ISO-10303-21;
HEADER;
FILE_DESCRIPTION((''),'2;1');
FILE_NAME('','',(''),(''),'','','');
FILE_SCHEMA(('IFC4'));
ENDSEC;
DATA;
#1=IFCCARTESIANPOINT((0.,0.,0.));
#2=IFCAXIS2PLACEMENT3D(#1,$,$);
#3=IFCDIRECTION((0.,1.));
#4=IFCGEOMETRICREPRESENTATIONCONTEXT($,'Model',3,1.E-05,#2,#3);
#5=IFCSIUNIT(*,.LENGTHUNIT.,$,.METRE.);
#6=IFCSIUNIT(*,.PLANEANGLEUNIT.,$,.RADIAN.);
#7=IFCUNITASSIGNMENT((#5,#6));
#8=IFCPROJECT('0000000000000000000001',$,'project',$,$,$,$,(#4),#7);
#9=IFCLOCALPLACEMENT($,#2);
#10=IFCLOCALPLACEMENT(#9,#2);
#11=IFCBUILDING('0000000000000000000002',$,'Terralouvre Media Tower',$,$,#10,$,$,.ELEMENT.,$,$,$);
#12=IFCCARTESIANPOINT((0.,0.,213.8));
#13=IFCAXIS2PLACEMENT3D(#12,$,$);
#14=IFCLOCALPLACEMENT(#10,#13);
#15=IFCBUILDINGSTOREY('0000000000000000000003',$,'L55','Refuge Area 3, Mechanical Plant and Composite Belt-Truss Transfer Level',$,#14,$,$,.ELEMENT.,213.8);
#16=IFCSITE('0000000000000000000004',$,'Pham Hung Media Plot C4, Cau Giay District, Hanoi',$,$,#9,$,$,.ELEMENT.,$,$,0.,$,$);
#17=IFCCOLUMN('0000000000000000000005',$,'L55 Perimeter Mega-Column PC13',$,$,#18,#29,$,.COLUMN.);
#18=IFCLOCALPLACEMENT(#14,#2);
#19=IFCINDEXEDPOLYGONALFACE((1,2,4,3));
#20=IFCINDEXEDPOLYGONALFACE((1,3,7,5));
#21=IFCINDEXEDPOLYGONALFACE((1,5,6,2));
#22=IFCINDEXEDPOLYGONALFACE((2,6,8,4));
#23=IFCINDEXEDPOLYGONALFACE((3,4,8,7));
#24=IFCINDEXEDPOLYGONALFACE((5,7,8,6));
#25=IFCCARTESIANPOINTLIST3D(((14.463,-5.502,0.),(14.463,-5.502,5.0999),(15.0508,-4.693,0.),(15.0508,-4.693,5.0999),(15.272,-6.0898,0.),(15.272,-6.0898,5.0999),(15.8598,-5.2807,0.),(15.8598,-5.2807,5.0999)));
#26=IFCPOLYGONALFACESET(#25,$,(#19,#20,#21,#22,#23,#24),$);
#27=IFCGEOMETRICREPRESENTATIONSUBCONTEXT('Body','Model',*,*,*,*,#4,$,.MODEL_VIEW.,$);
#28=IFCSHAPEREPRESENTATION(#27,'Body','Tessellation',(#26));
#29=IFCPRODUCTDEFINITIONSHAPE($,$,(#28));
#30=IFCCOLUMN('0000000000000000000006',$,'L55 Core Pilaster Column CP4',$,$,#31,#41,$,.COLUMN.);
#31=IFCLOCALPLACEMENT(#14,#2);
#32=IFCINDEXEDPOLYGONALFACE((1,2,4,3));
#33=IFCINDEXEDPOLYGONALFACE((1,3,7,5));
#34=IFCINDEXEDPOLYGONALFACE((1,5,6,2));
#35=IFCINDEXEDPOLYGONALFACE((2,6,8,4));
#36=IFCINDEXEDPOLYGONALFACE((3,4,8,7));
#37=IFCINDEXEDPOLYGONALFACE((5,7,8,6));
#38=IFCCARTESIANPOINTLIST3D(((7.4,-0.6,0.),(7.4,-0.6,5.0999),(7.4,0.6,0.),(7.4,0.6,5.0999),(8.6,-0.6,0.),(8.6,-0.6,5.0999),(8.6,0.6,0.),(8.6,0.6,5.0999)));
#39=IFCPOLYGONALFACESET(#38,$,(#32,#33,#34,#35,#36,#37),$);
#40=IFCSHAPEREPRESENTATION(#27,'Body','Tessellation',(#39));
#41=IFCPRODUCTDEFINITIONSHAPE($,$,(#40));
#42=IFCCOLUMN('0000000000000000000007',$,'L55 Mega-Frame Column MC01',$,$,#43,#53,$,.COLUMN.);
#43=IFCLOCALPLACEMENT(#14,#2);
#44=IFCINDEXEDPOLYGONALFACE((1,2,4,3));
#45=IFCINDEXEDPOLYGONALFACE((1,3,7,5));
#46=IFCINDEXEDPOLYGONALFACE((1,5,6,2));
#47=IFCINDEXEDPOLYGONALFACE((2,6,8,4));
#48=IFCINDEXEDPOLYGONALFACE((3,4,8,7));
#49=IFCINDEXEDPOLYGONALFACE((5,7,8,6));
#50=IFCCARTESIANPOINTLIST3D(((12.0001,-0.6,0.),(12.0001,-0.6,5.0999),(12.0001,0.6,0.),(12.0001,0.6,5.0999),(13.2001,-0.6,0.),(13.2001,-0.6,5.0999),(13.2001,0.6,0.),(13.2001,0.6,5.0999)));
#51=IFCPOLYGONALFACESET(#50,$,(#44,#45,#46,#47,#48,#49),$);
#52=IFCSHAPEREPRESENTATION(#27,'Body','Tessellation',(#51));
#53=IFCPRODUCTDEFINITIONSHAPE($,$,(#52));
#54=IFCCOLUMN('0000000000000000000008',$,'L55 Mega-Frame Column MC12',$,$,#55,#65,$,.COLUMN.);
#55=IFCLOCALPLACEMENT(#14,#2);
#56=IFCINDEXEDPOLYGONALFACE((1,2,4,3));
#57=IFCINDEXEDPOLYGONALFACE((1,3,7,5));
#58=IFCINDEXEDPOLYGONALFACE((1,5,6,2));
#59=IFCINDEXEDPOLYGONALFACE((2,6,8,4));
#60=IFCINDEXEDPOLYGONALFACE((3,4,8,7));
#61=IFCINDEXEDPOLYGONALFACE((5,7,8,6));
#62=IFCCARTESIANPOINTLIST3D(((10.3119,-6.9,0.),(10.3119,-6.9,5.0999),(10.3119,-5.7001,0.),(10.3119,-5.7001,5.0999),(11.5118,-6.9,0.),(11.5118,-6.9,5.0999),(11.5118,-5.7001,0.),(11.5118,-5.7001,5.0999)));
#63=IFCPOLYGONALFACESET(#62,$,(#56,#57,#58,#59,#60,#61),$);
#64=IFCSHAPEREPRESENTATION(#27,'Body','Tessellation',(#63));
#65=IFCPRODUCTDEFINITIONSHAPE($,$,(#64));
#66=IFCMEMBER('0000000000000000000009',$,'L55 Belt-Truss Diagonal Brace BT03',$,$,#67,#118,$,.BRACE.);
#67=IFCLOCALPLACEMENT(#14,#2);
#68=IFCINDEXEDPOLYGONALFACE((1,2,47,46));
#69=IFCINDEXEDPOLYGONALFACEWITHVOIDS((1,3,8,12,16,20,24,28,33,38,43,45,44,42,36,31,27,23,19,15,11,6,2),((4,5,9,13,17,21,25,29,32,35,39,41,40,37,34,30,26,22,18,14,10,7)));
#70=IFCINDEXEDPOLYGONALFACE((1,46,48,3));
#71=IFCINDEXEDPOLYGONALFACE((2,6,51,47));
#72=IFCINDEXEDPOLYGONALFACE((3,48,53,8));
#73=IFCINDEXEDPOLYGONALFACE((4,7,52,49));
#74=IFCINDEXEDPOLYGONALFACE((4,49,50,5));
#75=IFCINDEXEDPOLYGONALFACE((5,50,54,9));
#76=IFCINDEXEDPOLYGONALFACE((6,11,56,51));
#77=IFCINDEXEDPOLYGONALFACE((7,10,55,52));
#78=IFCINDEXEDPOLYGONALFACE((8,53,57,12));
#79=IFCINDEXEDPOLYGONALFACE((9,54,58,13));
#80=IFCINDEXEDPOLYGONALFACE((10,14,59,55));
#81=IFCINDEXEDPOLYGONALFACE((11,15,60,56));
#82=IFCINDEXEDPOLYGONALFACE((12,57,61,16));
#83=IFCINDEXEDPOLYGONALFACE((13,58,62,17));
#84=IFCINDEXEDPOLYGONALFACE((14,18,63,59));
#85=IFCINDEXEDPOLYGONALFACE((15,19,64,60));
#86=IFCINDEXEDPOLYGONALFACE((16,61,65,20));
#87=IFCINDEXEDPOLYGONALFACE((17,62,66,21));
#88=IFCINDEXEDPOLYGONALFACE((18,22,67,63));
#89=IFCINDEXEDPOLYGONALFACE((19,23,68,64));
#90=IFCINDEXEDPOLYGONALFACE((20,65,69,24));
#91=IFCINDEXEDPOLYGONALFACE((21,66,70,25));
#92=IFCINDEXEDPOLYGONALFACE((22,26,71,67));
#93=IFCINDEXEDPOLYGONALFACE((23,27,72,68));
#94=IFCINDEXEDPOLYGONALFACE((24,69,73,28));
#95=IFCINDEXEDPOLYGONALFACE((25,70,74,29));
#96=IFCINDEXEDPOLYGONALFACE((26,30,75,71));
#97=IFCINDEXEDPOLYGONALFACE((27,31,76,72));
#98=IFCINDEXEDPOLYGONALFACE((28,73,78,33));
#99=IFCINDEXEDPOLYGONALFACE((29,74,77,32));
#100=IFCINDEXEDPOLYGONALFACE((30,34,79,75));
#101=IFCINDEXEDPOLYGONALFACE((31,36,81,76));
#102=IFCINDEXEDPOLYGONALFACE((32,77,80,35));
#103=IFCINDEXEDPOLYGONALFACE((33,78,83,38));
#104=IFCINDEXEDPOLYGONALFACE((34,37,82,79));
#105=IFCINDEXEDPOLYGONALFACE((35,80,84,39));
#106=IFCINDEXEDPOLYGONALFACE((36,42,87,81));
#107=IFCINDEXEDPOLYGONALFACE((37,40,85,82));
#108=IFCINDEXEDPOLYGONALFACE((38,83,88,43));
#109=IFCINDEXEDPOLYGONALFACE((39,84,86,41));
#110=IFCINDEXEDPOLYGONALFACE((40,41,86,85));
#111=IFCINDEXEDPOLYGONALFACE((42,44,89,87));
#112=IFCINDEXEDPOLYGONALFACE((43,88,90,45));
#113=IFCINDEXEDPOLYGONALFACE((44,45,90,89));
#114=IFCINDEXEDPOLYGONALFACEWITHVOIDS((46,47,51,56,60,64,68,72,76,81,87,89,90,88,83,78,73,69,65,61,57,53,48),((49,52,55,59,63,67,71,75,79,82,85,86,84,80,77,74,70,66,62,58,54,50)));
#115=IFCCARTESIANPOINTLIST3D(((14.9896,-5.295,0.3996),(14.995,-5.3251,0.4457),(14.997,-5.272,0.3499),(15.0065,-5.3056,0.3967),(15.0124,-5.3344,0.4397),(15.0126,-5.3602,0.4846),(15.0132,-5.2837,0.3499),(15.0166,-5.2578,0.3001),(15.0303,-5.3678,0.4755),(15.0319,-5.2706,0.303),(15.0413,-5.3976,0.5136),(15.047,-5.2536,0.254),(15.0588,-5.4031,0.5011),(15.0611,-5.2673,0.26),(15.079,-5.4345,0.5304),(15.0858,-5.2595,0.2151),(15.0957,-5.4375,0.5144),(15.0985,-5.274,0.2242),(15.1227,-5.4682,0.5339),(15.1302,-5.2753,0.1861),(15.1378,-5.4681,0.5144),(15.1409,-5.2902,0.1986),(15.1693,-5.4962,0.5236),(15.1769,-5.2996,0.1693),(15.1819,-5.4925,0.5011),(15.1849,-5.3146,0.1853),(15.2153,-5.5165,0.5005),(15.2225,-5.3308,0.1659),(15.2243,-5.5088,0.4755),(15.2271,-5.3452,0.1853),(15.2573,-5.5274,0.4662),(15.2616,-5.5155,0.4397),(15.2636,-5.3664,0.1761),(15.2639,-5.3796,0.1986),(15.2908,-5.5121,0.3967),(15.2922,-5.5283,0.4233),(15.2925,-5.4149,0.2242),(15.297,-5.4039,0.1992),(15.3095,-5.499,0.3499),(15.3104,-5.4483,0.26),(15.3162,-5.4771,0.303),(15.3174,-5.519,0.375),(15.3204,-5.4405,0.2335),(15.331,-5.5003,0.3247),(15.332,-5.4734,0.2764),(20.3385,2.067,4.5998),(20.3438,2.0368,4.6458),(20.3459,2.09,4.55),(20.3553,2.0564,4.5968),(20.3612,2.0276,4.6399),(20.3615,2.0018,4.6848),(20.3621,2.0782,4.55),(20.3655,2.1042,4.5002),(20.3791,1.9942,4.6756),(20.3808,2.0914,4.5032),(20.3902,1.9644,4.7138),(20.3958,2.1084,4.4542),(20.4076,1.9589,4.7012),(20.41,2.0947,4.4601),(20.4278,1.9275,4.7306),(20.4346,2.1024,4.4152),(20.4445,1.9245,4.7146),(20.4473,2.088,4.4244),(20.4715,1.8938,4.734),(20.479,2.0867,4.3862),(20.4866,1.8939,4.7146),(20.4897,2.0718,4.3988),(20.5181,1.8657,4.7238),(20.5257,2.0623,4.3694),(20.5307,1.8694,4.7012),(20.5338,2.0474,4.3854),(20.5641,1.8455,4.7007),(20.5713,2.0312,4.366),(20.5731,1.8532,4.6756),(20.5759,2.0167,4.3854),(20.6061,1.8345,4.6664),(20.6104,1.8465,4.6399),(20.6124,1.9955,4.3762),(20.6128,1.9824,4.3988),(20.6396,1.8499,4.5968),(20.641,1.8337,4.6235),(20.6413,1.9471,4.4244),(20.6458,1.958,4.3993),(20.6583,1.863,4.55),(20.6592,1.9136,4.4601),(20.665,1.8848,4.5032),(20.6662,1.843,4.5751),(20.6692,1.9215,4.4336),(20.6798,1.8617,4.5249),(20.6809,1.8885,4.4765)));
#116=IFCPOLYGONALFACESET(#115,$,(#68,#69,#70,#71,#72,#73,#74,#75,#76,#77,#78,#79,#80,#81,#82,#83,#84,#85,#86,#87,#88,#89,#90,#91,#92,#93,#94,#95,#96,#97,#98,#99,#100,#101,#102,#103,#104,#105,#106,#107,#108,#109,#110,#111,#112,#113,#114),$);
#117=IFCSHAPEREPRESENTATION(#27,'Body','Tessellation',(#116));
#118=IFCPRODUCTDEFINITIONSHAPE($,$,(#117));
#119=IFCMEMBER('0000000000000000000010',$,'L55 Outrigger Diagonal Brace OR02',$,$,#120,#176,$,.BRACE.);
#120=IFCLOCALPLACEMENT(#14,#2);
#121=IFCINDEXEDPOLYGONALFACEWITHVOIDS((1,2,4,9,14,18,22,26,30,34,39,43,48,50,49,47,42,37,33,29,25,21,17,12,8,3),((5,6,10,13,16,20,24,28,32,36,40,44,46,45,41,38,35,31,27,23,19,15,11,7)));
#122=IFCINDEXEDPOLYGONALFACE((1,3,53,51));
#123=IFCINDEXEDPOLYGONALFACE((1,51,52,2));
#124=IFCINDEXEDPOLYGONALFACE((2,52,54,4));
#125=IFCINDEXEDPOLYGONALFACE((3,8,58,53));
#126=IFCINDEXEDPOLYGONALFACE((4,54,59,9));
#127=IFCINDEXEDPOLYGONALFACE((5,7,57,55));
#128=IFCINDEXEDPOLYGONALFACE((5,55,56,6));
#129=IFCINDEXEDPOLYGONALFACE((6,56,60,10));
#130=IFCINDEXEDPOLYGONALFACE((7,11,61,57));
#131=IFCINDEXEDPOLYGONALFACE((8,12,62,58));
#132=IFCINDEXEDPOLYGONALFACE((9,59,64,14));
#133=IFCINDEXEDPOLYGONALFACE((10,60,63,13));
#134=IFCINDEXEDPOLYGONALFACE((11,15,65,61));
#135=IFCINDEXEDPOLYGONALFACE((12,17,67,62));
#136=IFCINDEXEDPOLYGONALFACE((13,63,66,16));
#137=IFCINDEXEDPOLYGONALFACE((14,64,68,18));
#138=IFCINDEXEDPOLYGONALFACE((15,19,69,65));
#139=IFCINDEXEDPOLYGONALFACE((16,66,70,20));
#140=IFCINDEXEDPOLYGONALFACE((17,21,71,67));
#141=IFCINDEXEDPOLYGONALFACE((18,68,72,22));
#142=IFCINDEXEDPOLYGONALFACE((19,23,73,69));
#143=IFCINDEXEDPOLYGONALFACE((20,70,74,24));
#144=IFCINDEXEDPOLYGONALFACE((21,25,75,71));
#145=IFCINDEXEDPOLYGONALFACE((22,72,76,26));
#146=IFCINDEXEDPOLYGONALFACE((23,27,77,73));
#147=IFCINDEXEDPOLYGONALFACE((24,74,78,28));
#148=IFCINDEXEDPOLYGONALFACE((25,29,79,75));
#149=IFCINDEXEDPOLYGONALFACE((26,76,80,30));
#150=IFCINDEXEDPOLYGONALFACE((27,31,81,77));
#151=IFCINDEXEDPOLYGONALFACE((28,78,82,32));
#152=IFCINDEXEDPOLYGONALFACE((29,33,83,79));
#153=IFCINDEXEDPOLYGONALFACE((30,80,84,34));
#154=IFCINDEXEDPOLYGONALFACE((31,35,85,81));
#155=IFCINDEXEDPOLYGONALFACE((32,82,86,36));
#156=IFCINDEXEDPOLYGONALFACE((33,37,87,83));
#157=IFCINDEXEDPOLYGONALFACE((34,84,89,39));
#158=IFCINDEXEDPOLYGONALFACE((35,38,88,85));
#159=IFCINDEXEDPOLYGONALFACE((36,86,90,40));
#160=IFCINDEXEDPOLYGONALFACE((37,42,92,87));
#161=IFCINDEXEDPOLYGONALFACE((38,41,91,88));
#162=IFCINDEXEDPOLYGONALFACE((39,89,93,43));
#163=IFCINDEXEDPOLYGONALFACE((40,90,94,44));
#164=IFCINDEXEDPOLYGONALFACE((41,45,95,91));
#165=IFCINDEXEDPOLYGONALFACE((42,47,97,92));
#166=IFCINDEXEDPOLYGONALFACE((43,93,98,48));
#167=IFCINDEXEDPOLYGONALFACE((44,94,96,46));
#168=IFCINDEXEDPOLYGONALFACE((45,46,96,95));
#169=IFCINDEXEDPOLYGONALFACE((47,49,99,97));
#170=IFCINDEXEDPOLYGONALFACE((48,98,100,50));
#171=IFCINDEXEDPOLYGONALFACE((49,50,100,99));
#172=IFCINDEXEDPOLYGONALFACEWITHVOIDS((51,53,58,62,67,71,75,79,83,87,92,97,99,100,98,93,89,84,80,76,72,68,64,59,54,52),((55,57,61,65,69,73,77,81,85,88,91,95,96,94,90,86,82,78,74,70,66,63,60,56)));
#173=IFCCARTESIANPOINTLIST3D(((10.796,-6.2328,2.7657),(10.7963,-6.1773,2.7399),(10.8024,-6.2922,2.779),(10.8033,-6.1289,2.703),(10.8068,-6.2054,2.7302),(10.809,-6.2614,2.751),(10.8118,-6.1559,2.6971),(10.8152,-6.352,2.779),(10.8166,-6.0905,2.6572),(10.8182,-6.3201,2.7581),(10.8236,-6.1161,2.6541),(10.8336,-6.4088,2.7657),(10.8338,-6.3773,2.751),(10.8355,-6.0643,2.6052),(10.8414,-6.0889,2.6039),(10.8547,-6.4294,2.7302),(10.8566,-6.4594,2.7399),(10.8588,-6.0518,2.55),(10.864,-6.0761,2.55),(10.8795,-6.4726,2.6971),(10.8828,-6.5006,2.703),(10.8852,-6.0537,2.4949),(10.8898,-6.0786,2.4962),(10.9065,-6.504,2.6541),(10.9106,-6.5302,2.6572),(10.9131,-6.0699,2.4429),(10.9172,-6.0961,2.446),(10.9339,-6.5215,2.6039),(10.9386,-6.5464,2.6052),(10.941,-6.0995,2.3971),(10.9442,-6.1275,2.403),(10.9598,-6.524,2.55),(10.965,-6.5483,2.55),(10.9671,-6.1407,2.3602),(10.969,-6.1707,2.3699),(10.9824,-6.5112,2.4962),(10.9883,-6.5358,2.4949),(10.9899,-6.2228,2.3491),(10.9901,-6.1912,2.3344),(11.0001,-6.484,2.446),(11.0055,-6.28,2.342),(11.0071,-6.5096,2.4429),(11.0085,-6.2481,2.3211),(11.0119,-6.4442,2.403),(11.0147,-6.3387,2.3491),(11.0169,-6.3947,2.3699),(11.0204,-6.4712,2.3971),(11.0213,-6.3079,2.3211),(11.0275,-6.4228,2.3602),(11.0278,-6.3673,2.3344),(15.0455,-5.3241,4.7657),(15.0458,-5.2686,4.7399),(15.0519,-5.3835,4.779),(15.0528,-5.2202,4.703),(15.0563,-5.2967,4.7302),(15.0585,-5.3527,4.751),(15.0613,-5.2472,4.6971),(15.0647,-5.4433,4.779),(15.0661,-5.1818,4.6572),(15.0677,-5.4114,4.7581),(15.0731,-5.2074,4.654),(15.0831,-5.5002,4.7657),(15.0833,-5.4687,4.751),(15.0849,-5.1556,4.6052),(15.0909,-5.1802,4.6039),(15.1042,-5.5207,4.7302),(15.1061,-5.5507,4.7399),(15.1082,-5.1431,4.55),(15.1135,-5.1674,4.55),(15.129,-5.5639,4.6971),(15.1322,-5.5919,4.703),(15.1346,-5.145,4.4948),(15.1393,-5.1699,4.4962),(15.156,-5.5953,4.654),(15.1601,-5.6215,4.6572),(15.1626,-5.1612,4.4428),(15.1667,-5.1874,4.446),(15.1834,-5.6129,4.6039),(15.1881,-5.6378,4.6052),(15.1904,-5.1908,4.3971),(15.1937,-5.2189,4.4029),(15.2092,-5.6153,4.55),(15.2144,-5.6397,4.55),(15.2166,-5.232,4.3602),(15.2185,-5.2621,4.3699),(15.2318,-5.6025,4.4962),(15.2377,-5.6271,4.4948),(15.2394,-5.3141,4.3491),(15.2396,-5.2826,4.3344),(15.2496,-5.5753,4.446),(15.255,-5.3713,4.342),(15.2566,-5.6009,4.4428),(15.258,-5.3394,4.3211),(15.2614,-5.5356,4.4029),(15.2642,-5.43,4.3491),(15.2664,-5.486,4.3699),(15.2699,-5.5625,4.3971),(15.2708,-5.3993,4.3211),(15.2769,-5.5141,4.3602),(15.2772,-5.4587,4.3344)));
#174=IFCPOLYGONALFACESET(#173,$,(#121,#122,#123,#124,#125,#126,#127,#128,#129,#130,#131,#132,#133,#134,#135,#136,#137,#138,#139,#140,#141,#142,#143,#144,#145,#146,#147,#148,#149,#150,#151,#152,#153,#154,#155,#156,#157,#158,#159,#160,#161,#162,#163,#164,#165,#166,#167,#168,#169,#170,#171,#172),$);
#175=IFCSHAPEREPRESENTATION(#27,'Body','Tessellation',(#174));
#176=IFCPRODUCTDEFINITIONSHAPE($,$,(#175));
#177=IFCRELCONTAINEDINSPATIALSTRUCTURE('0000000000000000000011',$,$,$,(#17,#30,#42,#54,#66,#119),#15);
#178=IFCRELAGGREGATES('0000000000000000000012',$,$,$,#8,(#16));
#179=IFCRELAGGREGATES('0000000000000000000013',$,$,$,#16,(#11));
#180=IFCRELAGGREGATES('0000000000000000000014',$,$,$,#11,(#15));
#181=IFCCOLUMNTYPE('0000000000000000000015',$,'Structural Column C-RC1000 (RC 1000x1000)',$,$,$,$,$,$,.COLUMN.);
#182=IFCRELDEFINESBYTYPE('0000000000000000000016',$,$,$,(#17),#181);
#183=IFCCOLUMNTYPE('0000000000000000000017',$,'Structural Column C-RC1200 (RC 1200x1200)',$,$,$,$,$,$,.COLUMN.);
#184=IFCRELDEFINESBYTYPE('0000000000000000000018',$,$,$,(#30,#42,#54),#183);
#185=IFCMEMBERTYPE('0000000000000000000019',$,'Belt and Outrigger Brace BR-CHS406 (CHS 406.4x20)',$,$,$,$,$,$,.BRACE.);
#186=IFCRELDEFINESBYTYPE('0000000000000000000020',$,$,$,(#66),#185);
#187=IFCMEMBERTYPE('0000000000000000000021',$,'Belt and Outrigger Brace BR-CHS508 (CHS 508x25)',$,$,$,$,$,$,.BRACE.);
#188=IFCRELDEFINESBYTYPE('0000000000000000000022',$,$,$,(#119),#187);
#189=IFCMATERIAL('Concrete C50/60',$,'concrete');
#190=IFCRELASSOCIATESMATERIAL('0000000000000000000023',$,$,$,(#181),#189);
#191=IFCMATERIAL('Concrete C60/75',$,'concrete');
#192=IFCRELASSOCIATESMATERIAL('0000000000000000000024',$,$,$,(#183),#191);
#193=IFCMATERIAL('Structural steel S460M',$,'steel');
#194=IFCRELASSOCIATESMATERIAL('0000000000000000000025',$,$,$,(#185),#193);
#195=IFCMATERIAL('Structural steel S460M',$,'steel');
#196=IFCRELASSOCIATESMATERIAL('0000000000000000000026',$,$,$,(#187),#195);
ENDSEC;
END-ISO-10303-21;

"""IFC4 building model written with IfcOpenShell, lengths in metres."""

from ifc_helpers import new_model, si_unit, direction, frame, origin, origin_2d, place, context, subcontext, project, spatial, rectangle, hollow_circle, extrude, material, material_profile, profile_set, type_object, element, save


model = new_model("IFC4")

# Units and contexts
model_context = context("Model", 3, precision=1e-05, world=origin(), true_north=direction((0.0, 1.0)))
body_context = subcontext(model_context, "Body", "Model", "MODEL_VIEW")
ifc_project = project(units=[si_unit("LENGTHUNIT", "METRE"), si_unit("PLANEANGLEUNIT", "RADIAN")], contexts=[model_context])

# Site, building, storey
site_placement = place(None, origin())
site = spatial("IfcSite", under=ifc_project, at=site_placement, Name="Pham Hung Media Plot C4, Cau Giay District, Hanoi", CompositionType="ELEMENT", RefElevation=0.0)
building_placement = place(site_placement, origin())
building = spatial("IfcBuilding", under=site, at=building_placement, Name="Terralouvre Media Tower", CompositionType="ELEMENT")
storey_placement = place(building_placement, frame((0.0, 0.0, 213.8)))
storey = spatial("IfcBuildingStorey", under=building, at=storey_placement, Name="L55", Description="Refuge Area 3, Mechanical Plant and Composite Belt-Truss Transfer Level", CompositionType="ELEMENT", Elevation=213.8)

# Columns
ifc_material_1 = material(Name="Concrete C50/60", Category="concrete")
ifc_material_profile_1 = material_profile(ifc_material_1, rectangle(XDim=1.0, YDim=1.0, at=origin_2d()), Name="RC 1000x1000")
ifc_profile_set_1 = profile_set([ifc_material_profile_1], Name="Concrete C50/60")
column_type_1 = type_object("IfcColumnType", Name="Structural Column C-RC1000 (RC 1000x1000)", PredefinedType="COLUMN", material=ifc_profile_set_1)
column_placement = place(storey_placement, frame((15.1614, -5.3914, 0.0), z_axis=(0.0, 0.0, 1.0), x_axis=(0.587785, 0.809017, 0.0)))
element("IfcColumn", 1, at=column_placement, inside=storey, type_object=column_type_1, Name="L55 Perimeter Mega-Column PC13", PredefinedType="COLUMN", context=body_context, shape_type="SweptSolid", body=[
    extrude(rectangle(XDim=1.0, YDim=1.0, at=origin_2d()), origin(), (0.0, 0.0, 1.0), 5.0999),
])
ifc_material_2 = material(Name="Concrete C60/75", Category="concrete")
ifc_material_profile_2 = material_profile(ifc_material_2, rectangle(XDim=1.2, YDim=1.2, at=origin_2d()), Name="RC 1200x1200")
ifc_profile_set_2 = profile_set([ifc_material_profile_2], Name="Concrete C60/75")
column_type_2 = type_object("IfcColumnType", Name="Structural Column C-RC1200 (RC 1200x1200)", PredefinedType="COLUMN", material=ifc_profile_set_2)
for number, where, z_axis, x_axis, name in (
    (2, (8.0, 0.0, 0.0), (0.0, 0.0, 1.0), (1.0, 0.0, 0.0), "L55 Core Pilaster Column CP4"),
    (3, (12.6001, 0.0, 0.0), (0.0, 0.0, 1.0), (1.0, 0.0, 0.0), "L55 Mega-Frame Column MC01"),
    (4, (10.9119, -6.3, 0.0), (0.0, 0.0, 1.0), (1.0, 0.0, 0.0), "L55 Mega-Frame Column MC12"),
):
    element("IfcColumn", number, at=place(storey_placement, frame(where, z_axis=z_axis, x_axis=x_axis)), inside=storey, type_object=column_type_2, Name=name, PredefinedType="COLUMN", context=body_context, shape_type="SweptSolid", body=[
        extrude(rectangle(XDim=1.2, YDim=1.2, at=origin_2d()), origin(), (0.0, 0.0, 1.0), 5.0999),
    ])

# Members
ifc_material_3 = material(Name="Structural steel S460M", Category="steel")
ifc_material_profile_3 = material_profile(ifc_material_3, hollow_circle(Radius=0.2031, WallThickness=0.02, at=origin_2d()), Name="CHS 406.4x20")
ifc_profile_set_3 = profile_set([ifc_material_profile_3], Name="Structural steel S460M")
member_type_1 = type_object("IfcMemberType", Name="Belt and Outrigger Brace BR-CHS406 (CHS 406.4x20)", PredefinedType="BRACE", material=ifc_profile_set_3)
member_1_placement = place(storey_placement, frame((15.1614, -5.3914, 0.3499), z_axis=(0.533683, 0.734548, 0.419073), x_axis=(-0.809016, 0.587787, 0.0)))
element("IfcMember", 5, at=member_1_placement, inside=storey, type_object=member_type_1, Name="L55 Belt-Truss Diagonal Brace BT03", PredefinedType="BRACE", context=body_context, shape_type="SweptSolid", body=[
    extrude(hollow_circle(Radius=0.2031, WallThickness=0.02, at=origin_2d()), origin(), (0.0, 0.0, 1.0), 10.0225),
])
ifc_material_4 = material(Name="Structural steel S460M", Category="steel")
ifc_material_profile_4 = material_profile(ifc_material_4, hollow_circle(Radius=0.2539, WallThickness=0.0249, at=origin_2d()), Name="CHS 508x25")
ifc_profile_set_4 = profile_set([ifc_material_profile_4], Name="Structural steel S460M")
member_type_2 = type_object("IfcMemberType", Name="Belt and Outrigger Brace BR-CHS508 (CHS 508x25)", PredefinedType="BRACE", material=ifc_profile_set_4)
member_2_placement = place(storey_placement, frame((10.9119, -6.3, 2.55), z_axis=(0.888326, 0.189955, 0.418084), x_axis=(-0.209107, 0.977893, 0.0)))
element("IfcMember", 6, at=member_2_placement, inside=storey, type_object=member_type_2, Name="L55 Outrigger Diagonal Brace OR02", PredefinedType="BRACE", context=body_context, shape_type="SweptSolid", body=[
    extrude(hollow_circle(Radius=0.2539, WallThickness=0.0249, at=origin_2d()), origin(), (0.0, 0.0, 1.0), 4.7837),
])

save(model, "model.ifc")
